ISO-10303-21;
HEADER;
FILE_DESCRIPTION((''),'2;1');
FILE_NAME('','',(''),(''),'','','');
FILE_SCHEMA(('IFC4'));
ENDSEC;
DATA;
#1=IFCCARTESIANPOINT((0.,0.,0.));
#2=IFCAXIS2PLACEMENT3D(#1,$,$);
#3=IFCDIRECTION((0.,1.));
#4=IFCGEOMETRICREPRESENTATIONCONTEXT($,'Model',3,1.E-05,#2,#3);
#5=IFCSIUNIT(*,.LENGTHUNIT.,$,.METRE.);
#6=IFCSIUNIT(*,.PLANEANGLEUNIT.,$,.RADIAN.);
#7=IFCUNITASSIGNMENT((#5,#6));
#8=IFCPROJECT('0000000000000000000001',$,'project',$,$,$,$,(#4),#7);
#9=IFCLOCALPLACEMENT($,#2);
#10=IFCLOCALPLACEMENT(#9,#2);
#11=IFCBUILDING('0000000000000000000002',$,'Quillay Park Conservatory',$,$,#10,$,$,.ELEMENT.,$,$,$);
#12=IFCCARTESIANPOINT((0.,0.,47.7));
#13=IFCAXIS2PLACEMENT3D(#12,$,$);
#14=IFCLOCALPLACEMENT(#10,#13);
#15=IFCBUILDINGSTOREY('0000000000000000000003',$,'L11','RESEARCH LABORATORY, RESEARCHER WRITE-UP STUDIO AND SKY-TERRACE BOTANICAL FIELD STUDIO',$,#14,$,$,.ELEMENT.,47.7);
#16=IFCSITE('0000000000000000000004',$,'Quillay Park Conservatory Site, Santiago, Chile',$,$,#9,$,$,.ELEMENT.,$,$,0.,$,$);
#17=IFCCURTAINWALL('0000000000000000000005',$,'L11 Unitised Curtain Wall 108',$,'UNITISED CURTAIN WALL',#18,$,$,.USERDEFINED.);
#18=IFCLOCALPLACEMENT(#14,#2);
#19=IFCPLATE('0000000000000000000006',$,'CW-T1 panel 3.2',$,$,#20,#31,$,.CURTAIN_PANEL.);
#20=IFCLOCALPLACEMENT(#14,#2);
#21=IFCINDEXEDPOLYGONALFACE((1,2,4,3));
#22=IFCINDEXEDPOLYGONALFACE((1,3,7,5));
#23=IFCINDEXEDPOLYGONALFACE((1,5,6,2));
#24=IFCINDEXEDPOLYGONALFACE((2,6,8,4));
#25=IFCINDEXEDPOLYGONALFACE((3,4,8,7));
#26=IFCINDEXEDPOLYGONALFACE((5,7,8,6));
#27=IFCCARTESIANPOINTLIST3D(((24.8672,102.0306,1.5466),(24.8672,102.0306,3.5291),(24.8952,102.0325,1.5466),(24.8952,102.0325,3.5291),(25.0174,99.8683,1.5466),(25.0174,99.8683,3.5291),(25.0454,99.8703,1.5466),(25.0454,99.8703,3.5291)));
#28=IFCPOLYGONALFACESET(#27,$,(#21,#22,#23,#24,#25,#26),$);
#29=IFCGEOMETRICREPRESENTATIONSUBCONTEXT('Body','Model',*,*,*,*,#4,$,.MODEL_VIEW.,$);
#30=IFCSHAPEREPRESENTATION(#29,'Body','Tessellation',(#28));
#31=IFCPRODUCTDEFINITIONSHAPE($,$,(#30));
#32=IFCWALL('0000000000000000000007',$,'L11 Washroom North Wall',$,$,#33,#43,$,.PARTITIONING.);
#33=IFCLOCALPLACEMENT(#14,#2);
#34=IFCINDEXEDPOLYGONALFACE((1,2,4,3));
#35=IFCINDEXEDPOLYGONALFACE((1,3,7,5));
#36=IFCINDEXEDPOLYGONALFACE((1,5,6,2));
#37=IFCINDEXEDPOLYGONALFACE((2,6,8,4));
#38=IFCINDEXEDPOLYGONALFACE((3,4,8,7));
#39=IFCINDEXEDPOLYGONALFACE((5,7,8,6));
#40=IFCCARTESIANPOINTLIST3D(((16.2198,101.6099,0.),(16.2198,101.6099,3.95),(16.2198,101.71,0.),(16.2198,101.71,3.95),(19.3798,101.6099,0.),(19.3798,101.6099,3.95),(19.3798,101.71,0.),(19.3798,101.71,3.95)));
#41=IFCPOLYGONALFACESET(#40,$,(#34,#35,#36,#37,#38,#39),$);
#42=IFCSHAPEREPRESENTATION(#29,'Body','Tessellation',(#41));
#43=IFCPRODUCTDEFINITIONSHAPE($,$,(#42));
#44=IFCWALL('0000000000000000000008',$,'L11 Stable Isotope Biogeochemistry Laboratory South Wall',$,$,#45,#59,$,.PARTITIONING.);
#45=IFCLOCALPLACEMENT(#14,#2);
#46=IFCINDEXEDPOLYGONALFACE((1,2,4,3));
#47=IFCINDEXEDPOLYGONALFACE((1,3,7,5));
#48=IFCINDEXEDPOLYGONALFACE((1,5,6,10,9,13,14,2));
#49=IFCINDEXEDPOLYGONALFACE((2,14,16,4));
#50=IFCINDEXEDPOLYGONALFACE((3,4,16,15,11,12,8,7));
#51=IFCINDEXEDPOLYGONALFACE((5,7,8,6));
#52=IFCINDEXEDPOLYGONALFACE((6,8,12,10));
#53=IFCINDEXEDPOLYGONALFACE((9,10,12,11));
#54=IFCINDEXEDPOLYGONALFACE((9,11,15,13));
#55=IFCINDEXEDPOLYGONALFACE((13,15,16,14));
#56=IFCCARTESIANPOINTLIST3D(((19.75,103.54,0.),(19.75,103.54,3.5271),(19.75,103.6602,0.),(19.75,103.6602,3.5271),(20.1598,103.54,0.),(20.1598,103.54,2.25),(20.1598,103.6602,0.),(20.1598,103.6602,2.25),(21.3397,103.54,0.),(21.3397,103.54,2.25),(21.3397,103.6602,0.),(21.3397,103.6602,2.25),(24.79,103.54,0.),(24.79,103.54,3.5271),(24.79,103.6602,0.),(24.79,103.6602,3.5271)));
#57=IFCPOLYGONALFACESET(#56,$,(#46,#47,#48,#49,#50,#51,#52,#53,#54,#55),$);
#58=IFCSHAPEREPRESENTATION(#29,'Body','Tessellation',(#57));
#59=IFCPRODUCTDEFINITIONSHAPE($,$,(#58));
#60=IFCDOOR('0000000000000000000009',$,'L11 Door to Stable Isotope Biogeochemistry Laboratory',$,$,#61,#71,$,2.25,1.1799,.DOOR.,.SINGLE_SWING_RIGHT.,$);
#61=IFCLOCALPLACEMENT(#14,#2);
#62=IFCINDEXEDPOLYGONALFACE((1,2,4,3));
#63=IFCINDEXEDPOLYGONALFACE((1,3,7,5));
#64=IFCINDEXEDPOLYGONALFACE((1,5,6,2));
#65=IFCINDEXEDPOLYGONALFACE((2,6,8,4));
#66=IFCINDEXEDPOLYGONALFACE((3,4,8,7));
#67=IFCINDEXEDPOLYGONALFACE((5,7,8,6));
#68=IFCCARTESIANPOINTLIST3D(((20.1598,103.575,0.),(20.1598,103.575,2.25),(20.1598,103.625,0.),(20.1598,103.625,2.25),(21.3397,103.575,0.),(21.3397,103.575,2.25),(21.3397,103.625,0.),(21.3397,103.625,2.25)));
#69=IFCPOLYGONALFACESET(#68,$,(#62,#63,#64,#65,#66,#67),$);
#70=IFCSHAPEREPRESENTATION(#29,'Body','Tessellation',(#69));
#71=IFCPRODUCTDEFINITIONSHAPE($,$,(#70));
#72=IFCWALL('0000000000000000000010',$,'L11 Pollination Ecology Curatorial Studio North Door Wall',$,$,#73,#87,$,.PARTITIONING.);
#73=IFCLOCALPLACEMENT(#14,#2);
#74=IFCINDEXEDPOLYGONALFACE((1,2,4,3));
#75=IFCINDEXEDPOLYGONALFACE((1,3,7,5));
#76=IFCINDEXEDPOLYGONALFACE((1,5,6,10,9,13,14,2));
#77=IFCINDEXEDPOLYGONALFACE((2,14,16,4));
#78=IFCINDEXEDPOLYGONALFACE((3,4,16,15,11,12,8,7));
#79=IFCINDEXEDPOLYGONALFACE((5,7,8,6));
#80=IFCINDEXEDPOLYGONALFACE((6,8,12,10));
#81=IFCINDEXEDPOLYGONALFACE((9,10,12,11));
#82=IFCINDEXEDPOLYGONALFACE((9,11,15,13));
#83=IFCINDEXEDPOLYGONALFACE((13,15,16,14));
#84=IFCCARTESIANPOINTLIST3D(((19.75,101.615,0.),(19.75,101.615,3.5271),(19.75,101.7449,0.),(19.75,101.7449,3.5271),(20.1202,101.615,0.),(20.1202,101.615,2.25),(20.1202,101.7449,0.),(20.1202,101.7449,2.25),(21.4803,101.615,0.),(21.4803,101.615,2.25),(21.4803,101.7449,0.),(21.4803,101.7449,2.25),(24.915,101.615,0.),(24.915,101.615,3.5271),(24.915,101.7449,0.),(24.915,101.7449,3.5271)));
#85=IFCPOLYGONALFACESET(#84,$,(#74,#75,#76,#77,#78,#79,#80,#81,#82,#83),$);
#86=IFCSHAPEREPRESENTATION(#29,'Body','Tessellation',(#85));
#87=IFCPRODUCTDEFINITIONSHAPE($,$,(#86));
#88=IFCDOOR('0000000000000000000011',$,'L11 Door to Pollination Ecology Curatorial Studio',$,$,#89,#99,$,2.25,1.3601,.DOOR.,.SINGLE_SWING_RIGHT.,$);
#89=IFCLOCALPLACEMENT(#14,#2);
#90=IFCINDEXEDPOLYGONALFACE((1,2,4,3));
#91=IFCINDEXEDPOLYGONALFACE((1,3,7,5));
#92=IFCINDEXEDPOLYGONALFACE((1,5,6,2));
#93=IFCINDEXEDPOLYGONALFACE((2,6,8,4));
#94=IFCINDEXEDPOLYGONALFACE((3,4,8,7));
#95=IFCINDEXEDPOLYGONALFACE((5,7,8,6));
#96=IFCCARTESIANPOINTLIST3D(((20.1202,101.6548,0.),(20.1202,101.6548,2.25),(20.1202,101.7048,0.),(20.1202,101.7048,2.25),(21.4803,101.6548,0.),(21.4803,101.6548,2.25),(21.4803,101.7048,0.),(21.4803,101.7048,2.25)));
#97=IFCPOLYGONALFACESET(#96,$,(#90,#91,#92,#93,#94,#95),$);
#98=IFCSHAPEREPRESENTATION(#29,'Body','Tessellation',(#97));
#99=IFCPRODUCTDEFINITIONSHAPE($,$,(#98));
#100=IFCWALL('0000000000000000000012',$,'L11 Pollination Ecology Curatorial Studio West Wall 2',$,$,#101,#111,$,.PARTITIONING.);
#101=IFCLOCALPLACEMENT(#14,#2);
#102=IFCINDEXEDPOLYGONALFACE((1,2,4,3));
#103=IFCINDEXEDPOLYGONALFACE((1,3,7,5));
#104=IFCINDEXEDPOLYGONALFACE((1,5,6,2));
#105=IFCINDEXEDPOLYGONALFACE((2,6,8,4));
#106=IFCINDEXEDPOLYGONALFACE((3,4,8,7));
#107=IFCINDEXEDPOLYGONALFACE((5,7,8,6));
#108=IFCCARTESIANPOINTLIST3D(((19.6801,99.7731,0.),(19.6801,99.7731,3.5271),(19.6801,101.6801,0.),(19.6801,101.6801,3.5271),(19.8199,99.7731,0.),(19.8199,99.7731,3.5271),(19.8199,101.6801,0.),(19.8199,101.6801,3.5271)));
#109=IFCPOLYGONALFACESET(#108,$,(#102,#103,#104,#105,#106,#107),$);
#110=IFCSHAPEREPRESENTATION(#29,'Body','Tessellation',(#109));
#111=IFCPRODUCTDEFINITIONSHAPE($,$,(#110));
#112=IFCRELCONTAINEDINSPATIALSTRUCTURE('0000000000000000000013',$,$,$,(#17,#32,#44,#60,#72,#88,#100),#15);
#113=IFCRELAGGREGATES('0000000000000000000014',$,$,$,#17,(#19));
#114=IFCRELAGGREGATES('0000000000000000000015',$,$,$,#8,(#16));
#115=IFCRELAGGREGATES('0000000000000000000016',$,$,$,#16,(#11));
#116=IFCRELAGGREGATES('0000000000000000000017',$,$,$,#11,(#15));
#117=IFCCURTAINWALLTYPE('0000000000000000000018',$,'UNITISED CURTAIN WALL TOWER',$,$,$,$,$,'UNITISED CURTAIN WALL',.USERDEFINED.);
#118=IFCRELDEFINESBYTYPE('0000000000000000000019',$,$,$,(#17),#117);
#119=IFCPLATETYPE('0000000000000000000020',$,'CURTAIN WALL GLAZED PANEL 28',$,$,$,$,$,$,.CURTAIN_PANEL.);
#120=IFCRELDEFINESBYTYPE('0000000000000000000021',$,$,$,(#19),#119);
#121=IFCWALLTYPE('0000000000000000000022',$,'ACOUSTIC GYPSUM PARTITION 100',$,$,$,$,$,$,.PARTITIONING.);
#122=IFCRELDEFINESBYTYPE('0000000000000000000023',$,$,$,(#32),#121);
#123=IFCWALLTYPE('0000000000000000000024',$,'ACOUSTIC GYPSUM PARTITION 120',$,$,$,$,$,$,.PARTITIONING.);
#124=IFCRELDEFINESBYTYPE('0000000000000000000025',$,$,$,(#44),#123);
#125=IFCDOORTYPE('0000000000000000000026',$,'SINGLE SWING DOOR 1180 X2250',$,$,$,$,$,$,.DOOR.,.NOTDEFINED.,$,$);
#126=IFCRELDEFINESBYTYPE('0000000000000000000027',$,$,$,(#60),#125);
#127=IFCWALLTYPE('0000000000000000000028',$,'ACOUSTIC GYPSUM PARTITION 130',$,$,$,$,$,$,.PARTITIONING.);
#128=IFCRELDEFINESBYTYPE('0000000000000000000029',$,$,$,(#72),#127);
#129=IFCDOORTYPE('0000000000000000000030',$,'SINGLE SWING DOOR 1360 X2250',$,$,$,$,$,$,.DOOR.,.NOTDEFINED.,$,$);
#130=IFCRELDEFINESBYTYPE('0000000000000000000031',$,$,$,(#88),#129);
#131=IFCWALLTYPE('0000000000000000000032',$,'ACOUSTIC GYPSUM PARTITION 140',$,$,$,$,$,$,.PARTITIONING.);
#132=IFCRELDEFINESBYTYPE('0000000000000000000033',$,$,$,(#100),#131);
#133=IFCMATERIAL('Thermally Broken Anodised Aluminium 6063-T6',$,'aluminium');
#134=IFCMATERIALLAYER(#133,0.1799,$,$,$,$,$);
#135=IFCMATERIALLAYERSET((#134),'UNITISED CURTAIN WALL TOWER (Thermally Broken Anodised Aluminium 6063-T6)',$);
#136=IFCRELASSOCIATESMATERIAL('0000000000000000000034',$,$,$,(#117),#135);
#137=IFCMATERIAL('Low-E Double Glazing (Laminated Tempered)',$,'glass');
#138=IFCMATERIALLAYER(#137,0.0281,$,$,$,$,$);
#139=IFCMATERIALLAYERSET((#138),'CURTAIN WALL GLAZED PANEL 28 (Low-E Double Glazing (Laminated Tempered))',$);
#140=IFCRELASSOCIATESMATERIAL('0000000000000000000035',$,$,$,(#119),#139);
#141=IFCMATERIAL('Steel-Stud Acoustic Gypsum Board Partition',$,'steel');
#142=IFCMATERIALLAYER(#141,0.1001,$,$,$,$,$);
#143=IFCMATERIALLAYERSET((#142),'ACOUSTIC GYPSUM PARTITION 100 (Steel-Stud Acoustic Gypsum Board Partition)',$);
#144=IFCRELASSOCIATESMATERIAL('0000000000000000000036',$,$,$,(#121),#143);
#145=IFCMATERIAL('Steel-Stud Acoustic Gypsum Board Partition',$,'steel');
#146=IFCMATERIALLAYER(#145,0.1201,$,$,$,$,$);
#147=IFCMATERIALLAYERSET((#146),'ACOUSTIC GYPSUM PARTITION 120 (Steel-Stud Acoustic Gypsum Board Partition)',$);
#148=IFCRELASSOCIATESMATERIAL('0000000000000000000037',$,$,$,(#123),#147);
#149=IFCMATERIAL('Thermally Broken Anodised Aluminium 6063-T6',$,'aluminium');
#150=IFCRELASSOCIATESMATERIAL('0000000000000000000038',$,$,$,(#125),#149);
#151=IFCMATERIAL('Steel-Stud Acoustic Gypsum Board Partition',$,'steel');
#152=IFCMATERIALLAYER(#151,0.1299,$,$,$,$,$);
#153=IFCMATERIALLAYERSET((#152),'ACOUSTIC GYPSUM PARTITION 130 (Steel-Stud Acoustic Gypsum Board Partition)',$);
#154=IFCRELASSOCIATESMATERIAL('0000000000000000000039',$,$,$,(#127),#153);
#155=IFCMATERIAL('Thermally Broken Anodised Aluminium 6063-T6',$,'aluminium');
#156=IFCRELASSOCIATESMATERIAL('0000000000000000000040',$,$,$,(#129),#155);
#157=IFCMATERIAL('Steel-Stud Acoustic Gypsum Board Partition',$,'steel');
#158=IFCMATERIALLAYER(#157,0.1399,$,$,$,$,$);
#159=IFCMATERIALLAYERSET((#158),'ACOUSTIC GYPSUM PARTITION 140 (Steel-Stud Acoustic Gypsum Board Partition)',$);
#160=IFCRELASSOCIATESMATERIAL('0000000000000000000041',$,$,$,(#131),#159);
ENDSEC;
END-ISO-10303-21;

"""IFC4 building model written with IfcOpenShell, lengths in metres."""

from ifc_helpers import new_model, si_unit, direction, frame, frame_2d, origin, origin_2d, place, context, subcontext, project, spatial, rectangle, extrude, material, layer, layer_set, type_object, element, fill, aggregate, save


model = new_model("IFC4")

# Units and contexts
model_context = context("Model", 3, precision=1e-05, world=origin(), true_north=direction((0.0, 1.0)))
body_context = subcontext(model_context, "Body", "Model", "MODEL_VIEW")
ifc_project = project(units=[si_unit("LENGTHUNIT", "METRE"), si_unit("PLANEANGLEUNIT", "RADIAN")], contexts=[model_context])

# Site, building, storey
site_placement = place(None, origin())
site = spatial("IfcSite", under=ifc_project, at=site_placement, Name="Quillay Park Conservatory Site, Santiago, Chile", CompositionType="ELEMENT", RefElevation=0.0)
building_placement = place(site_placement, origin())
building = spatial("IfcBuilding", under=site, at=building_placement, Name="Quillay Park Conservatory", CompositionType="ELEMENT")
storey_placement = place(building_placement, frame((0.0, 0.0, 47.7)))
storey = spatial("IfcBuildingStorey", under=building, at=storey_placement, Name="L11", Description="RESEARCH LABORATORY, RESEARCHER WRITE-UP STUDIO AND SKY-TERRACE BOTANICAL FIELD STUDIO", CompositionType="ELEMENT", Elevation=47.7)

# Curtain wall
ifc_material_1 = material(Name="Thermally Broken Anodised Aluminium 6063-T6", Category="aluminium")
ifc_layer_1 = layer(ifc_material_1, 0.1799)
ifc_layer_set_1 = layer_set([ifc_layer_1], Name="UNITISED CURTAIN WALL TOWER (Thermally Broken Anodised Aluminium 6063-T6)")
curtain_wall_type = type_object("IfcCurtainWallType", Name="UNITISED CURTAIN WALL TOWER", ElementType="UNITISED CURTAIN WALL", PredefinedType="USERDEFINED", material=ifc_layer_set_1)
curtain_wall_placement = place(storey_placement, origin())
curtain_wall = element("IfcCurtainWall", 1, at=curtain_wall_placement, inside=storey, type_object=curtain_wall_type, Name="L11 Unitised Curtain Wall 108", ObjectType="UNITISED CURTAIN WALL", PredefinedType="USERDEFINED")

# Plate
ifc_material_2 = material(Name="Low-E Double Glazing (Laminated Tempered)", Category="glass")
ifc_layer_2 = layer(ifc_material_2, 0.0281)
ifc_layer_set_2 = layer_set([ifc_layer_2], Name="CURTAIN WALL GLAZED PANEL 28 (Low-E Double Glazing (Laminated Tempered))")
plate_type = type_object("IfcPlateType", Name="CURTAIN WALL GLAZED PANEL 28", PredefinedType="CURTAIN_PANEL", material=ifc_layer_set_2)
plate_1_placement = place(storey_placement, frame((24.9563, 100.9504, 1.5466), z_axis=(0.0, 0.0, 1.0), x_axis=(0.069264, -0.997598, 0.0)))
plate_1 = element("IfcPlate", 2, at=plate_1_placement, type_object=plate_type, Name="CW-T1 panel 3.2", PredefinedType="CURTAIN_PANEL", context=body_context, shape_type="SweptSolid", body=[
    extrude(rectangle(XDim=2.1675, YDim=0.0281, at=origin_2d()), origin(), (0.0, 0.0, 1.0), 1.9824),
])
aggregate(curtain_wall, [plate_1])

# Wall
ifc_material_3 = material(Name="Steel-Stud Acoustic Gypsum Board Partition", Category="steel")
ifc_layer_3 = layer(ifc_material_3, 0.1001)
ifc_layer_set_3 = layer_set([ifc_layer_3], Name="ACOUSTIC GYPSUM PARTITION 100 (Steel-Stud Acoustic Gypsum Board Partition)")
wall_type_1 = type_object("IfcWallType", Name="ACOUSTIC GYPSUM PARTITION 100", PredefinedType="PARTITIONING", material=ifc_layer_set_3)
wall_1_placement = place(storey_placement, frame((19.3799, 101.6599, 0.0), z_axis=(0.0, 0.0, 1.0), x_axis=(-1.0, 0.0, 0.0)))
element("IfcWall", 3, at=wall_1_placement, inside=storey, type_object=wall_type_1, Name="L11 Washroom North Wall", PredefinedType="PARTITIONING", context=body_context, shape_type="SweptSolid", body=[
    extrude(rectangle(XDim=3.1599, YDim=0.1001, at=frame_2d((1.5801, 0.0))), origin(), (0.0, 0.0, 1.0), 3.95),
])

# Walls, openings, doors
ifc_material_4 = material(Name="Steel-Stud Acoustic Gypsum Board Partition", Category="steel")
ifc_layer_4 = layer(ifc_material_4, 0.1201)
ifc_layer_set_4 = layer_set([ifc_layer_4], Name="ACOUSTIC GYPSUM PARTITION 120 (Steel-Stud Acoustic Gypsum Board Partition)")
wall_type_2 = type_object("IfcWallType", Name="ACOUSTIC GYPSUM PARTITION 120", PredefinedType="PARTITIONING", material=ifc_layer_set_4)
wall_2_placement = place(storey_placement, frame((19.75, 103.6001, 0.0), z_axis=(0.0, 0.0, 1.0), x_axis=(1.0, 0.0, 0.0)))
wall_2 = element("IfcWall", 4, at=wall_2_placement, inside=storey, type_object=wall_type_2, Name="L11 Stable Isotope Biogeochemistry Laboratory South Wall", PredefinedType="PARTITIONING", context=body_context, shape_type="SweptSolid", body=[
    extrude(rectangle(XDim=5.04, YDim=0.1201, at=frame_2d((2.52, 0.0))), origin(), (0.0, 0.0, 1.0), 3.5271),
])
opening_1_placement = place(wall_2_placement, frame((0.4099, 0.0, 0.0)))
opening_1 = element("IfcOpeningElement", 5, at=opening_1_placement, cuts=wall_2, PredefinedType="OPENING", context=body_context, shape_type="SweptSolid", body=[
    extrude(rectangle(XDim=1.1799, YDim=2.25, at=frame_2d((0.5898, 1.125))), frame((0.0, 0.0601, 0.0), z_axis=(0.0, -1.0, 0.0), x_axis=(1.0, 0.0, 0.0)), (0.0, 0.0, 1.0), 0.1201),
])
ifc_material_5 = material(Name="Thermally Broken Anodised Aluminium 6063-T6", Category="aluminium")
door_type_1 = type_object("IfcDoorType", Name="SINGLE SWING DOOR 1180 X2250", OperationType="NOTDEFINED", PredefinedType="DOOR", material=ifc_material_5)
door_1_placement = place(opening_1_placement, origin())
door_1 = element("IfcDoor", 6, at=door_1_placement, inside=storey, type_object=door_type_1, Name="L11 Door to Stable Isotope Biogeochemistry Laboratory", OperationType="SINGLE_SWING_RIGHT", OverallHeight=2.25, OverallWidth=1.1799, PredefinedType="DOOR", context=body_context, shape_type="SweptSolid", body=[
    extrude(rectangle(XDim=1.1799, YDim=2.25, at=frame_2d((0.5898, 1.125))), frame((0.0, 0.0249, 0.0), z_axis=(0.0, -1.0, 0.0), x_axis=(1.0, 0.0, 0.0)), (0.0, 0.0, 1.0), 0.05),
])
fill(opening_1, door_1)
ifc_material_6 = material(Name="Steel-Stud Acoustic Gypsum Board Partition", Category="steel")
ifc_layer_5 = layer(ifc_material_6, 0.1299)
ifc_layer_set_5 = layer_set([ifc_layer_5], Name="ACOUSTIC GYPSUM PARTITION 130 (Steel-Stud Acoustic Gypsum Board Partition)")
wall_type_3 = type_object("IfcWallType", Name="ACOUSTIC GYPSUM PARTITION 130", PredefinedType="PARTITIONING", material=ifc_layer_set_5)
wall_3_placement = place(storey_placement, frame((19.75, 101.6799, 0.0), z_axis=(0.0, 0.0, 1.0), x_axis=(1.0, 0.0, 0.0)))
wall_3 = element("IfcWall", 7, at=wall_3_placement, inside=storey, type_object=wall_type_3, Name="L11 Pollination Ecology Curatorial Studio North Door Wall", PredefinedType="PARTITIONING", context=body_context, shape_type="SweptSolid", body=[
    extrude(rectangle(XDim=5.165, YDim=0.1299, at=frame_2d((2.5825, 0.0))), origin(), (0.0, 0.0, 1.0), 3.5271),
])
opening_2_placement = place(wall_3_placement, frame((0.3701, 0.0, 0.0)))
opening_2 = element("IfcOpeningElement", 8, at=opening_2_placement, cuts=wall_3, PredefinedType="OPENING", context=body_context, shape_type="SweptSolid", body=[
    extrude(rectangle(XDim=1.3601, YDim=2.25, at=frame_2d((0.6802, 1.125))), frame((0.0, 0.0649, 0.0), z_axis=(0.0, -1.0, 0.0), x_axis=(1.0, 0.0, 0.0)), (0.0, 0.0, 1.0), 0.1299),
])
ifc_material_7 = material(Name="Thermally Broken Anodised Aluminium 6063-T6", Category="aluminium")
door_type_2 = type_object("IfcDoorType", Name="SINGLE SWING DOOR 1360 X2250", OperationType="NOTDEFINED", PredefinedType="DOOR", material=ifc_material_7)
door_2_placement = place(opening_2_placement, origin())
door_2 = element("IfcDoor", 9, at=door_2_placement, inside=storey, type_object=door_type_2, Name="L11 Door to Pollination Ecology Curatorial Studio", OperationType="SINGLE_SWING_RIGHT", OverallHeight=2.25, OverallWidth=1.3601, PredefinedType="DOOR", context=body_context, shape_type="SweptSolid", body=[
    extrude(rectangle(XDim=1.3601, YDim=2.25, at=frame_2d((0.6802, 1.125))), frame((0.0, 0.0249, 0.0), z_axis=(0.0, -1.0, 0.0), x_axis=(1.0, 0.0, 0.0)), (0.0, 0.0, 1.0), 0.05),
])
fill(opening_2, door_2)

# Wall
ifc_material_8 = material(Name="Steel-Stud Acoustic Gypsum Board Partition", Category="steel")
ifc_layer_6 = layer(ifc_material_8, 0.1399)
ifc_layer_set_6 = layer_set([ifc_layer_6], Name="ACOUSTIC GYPSUM PARTITION 140 (Steel-Stud Acoustic Gypsum Board Partition)")
wall_type_4 = type_object("IfcWallType", Name="ACOUSTIC GYPSUM PARTITION 140", PredefinedType="PARTITIONING", material=ifc_layer_set_6)
wall_4_placement = place(storey_placement, frame((19.75, 99.7729, 0.0), z_axis=(0.0, 0.0, 1.0), x_axis=(0.0, 1.0, 0.0)))
element("IfcWall", 10, at=wall_4_placement, inside=storey, type_object=wall_type_4, Name="L11 Pollination Ecology Curatorial Studio West Wall 2", PredefinedType="PARTITIONING", context=body_context, shape_type="SweptSolid", body=[
    extrude(rectangle(XDim=1.907, YDim=0.1399, at=frame_2d((0.9536, 0.0))), origin(), (0.0, 0.0, 1.0), 3.5271),
])

save(model, "model.ifc")
